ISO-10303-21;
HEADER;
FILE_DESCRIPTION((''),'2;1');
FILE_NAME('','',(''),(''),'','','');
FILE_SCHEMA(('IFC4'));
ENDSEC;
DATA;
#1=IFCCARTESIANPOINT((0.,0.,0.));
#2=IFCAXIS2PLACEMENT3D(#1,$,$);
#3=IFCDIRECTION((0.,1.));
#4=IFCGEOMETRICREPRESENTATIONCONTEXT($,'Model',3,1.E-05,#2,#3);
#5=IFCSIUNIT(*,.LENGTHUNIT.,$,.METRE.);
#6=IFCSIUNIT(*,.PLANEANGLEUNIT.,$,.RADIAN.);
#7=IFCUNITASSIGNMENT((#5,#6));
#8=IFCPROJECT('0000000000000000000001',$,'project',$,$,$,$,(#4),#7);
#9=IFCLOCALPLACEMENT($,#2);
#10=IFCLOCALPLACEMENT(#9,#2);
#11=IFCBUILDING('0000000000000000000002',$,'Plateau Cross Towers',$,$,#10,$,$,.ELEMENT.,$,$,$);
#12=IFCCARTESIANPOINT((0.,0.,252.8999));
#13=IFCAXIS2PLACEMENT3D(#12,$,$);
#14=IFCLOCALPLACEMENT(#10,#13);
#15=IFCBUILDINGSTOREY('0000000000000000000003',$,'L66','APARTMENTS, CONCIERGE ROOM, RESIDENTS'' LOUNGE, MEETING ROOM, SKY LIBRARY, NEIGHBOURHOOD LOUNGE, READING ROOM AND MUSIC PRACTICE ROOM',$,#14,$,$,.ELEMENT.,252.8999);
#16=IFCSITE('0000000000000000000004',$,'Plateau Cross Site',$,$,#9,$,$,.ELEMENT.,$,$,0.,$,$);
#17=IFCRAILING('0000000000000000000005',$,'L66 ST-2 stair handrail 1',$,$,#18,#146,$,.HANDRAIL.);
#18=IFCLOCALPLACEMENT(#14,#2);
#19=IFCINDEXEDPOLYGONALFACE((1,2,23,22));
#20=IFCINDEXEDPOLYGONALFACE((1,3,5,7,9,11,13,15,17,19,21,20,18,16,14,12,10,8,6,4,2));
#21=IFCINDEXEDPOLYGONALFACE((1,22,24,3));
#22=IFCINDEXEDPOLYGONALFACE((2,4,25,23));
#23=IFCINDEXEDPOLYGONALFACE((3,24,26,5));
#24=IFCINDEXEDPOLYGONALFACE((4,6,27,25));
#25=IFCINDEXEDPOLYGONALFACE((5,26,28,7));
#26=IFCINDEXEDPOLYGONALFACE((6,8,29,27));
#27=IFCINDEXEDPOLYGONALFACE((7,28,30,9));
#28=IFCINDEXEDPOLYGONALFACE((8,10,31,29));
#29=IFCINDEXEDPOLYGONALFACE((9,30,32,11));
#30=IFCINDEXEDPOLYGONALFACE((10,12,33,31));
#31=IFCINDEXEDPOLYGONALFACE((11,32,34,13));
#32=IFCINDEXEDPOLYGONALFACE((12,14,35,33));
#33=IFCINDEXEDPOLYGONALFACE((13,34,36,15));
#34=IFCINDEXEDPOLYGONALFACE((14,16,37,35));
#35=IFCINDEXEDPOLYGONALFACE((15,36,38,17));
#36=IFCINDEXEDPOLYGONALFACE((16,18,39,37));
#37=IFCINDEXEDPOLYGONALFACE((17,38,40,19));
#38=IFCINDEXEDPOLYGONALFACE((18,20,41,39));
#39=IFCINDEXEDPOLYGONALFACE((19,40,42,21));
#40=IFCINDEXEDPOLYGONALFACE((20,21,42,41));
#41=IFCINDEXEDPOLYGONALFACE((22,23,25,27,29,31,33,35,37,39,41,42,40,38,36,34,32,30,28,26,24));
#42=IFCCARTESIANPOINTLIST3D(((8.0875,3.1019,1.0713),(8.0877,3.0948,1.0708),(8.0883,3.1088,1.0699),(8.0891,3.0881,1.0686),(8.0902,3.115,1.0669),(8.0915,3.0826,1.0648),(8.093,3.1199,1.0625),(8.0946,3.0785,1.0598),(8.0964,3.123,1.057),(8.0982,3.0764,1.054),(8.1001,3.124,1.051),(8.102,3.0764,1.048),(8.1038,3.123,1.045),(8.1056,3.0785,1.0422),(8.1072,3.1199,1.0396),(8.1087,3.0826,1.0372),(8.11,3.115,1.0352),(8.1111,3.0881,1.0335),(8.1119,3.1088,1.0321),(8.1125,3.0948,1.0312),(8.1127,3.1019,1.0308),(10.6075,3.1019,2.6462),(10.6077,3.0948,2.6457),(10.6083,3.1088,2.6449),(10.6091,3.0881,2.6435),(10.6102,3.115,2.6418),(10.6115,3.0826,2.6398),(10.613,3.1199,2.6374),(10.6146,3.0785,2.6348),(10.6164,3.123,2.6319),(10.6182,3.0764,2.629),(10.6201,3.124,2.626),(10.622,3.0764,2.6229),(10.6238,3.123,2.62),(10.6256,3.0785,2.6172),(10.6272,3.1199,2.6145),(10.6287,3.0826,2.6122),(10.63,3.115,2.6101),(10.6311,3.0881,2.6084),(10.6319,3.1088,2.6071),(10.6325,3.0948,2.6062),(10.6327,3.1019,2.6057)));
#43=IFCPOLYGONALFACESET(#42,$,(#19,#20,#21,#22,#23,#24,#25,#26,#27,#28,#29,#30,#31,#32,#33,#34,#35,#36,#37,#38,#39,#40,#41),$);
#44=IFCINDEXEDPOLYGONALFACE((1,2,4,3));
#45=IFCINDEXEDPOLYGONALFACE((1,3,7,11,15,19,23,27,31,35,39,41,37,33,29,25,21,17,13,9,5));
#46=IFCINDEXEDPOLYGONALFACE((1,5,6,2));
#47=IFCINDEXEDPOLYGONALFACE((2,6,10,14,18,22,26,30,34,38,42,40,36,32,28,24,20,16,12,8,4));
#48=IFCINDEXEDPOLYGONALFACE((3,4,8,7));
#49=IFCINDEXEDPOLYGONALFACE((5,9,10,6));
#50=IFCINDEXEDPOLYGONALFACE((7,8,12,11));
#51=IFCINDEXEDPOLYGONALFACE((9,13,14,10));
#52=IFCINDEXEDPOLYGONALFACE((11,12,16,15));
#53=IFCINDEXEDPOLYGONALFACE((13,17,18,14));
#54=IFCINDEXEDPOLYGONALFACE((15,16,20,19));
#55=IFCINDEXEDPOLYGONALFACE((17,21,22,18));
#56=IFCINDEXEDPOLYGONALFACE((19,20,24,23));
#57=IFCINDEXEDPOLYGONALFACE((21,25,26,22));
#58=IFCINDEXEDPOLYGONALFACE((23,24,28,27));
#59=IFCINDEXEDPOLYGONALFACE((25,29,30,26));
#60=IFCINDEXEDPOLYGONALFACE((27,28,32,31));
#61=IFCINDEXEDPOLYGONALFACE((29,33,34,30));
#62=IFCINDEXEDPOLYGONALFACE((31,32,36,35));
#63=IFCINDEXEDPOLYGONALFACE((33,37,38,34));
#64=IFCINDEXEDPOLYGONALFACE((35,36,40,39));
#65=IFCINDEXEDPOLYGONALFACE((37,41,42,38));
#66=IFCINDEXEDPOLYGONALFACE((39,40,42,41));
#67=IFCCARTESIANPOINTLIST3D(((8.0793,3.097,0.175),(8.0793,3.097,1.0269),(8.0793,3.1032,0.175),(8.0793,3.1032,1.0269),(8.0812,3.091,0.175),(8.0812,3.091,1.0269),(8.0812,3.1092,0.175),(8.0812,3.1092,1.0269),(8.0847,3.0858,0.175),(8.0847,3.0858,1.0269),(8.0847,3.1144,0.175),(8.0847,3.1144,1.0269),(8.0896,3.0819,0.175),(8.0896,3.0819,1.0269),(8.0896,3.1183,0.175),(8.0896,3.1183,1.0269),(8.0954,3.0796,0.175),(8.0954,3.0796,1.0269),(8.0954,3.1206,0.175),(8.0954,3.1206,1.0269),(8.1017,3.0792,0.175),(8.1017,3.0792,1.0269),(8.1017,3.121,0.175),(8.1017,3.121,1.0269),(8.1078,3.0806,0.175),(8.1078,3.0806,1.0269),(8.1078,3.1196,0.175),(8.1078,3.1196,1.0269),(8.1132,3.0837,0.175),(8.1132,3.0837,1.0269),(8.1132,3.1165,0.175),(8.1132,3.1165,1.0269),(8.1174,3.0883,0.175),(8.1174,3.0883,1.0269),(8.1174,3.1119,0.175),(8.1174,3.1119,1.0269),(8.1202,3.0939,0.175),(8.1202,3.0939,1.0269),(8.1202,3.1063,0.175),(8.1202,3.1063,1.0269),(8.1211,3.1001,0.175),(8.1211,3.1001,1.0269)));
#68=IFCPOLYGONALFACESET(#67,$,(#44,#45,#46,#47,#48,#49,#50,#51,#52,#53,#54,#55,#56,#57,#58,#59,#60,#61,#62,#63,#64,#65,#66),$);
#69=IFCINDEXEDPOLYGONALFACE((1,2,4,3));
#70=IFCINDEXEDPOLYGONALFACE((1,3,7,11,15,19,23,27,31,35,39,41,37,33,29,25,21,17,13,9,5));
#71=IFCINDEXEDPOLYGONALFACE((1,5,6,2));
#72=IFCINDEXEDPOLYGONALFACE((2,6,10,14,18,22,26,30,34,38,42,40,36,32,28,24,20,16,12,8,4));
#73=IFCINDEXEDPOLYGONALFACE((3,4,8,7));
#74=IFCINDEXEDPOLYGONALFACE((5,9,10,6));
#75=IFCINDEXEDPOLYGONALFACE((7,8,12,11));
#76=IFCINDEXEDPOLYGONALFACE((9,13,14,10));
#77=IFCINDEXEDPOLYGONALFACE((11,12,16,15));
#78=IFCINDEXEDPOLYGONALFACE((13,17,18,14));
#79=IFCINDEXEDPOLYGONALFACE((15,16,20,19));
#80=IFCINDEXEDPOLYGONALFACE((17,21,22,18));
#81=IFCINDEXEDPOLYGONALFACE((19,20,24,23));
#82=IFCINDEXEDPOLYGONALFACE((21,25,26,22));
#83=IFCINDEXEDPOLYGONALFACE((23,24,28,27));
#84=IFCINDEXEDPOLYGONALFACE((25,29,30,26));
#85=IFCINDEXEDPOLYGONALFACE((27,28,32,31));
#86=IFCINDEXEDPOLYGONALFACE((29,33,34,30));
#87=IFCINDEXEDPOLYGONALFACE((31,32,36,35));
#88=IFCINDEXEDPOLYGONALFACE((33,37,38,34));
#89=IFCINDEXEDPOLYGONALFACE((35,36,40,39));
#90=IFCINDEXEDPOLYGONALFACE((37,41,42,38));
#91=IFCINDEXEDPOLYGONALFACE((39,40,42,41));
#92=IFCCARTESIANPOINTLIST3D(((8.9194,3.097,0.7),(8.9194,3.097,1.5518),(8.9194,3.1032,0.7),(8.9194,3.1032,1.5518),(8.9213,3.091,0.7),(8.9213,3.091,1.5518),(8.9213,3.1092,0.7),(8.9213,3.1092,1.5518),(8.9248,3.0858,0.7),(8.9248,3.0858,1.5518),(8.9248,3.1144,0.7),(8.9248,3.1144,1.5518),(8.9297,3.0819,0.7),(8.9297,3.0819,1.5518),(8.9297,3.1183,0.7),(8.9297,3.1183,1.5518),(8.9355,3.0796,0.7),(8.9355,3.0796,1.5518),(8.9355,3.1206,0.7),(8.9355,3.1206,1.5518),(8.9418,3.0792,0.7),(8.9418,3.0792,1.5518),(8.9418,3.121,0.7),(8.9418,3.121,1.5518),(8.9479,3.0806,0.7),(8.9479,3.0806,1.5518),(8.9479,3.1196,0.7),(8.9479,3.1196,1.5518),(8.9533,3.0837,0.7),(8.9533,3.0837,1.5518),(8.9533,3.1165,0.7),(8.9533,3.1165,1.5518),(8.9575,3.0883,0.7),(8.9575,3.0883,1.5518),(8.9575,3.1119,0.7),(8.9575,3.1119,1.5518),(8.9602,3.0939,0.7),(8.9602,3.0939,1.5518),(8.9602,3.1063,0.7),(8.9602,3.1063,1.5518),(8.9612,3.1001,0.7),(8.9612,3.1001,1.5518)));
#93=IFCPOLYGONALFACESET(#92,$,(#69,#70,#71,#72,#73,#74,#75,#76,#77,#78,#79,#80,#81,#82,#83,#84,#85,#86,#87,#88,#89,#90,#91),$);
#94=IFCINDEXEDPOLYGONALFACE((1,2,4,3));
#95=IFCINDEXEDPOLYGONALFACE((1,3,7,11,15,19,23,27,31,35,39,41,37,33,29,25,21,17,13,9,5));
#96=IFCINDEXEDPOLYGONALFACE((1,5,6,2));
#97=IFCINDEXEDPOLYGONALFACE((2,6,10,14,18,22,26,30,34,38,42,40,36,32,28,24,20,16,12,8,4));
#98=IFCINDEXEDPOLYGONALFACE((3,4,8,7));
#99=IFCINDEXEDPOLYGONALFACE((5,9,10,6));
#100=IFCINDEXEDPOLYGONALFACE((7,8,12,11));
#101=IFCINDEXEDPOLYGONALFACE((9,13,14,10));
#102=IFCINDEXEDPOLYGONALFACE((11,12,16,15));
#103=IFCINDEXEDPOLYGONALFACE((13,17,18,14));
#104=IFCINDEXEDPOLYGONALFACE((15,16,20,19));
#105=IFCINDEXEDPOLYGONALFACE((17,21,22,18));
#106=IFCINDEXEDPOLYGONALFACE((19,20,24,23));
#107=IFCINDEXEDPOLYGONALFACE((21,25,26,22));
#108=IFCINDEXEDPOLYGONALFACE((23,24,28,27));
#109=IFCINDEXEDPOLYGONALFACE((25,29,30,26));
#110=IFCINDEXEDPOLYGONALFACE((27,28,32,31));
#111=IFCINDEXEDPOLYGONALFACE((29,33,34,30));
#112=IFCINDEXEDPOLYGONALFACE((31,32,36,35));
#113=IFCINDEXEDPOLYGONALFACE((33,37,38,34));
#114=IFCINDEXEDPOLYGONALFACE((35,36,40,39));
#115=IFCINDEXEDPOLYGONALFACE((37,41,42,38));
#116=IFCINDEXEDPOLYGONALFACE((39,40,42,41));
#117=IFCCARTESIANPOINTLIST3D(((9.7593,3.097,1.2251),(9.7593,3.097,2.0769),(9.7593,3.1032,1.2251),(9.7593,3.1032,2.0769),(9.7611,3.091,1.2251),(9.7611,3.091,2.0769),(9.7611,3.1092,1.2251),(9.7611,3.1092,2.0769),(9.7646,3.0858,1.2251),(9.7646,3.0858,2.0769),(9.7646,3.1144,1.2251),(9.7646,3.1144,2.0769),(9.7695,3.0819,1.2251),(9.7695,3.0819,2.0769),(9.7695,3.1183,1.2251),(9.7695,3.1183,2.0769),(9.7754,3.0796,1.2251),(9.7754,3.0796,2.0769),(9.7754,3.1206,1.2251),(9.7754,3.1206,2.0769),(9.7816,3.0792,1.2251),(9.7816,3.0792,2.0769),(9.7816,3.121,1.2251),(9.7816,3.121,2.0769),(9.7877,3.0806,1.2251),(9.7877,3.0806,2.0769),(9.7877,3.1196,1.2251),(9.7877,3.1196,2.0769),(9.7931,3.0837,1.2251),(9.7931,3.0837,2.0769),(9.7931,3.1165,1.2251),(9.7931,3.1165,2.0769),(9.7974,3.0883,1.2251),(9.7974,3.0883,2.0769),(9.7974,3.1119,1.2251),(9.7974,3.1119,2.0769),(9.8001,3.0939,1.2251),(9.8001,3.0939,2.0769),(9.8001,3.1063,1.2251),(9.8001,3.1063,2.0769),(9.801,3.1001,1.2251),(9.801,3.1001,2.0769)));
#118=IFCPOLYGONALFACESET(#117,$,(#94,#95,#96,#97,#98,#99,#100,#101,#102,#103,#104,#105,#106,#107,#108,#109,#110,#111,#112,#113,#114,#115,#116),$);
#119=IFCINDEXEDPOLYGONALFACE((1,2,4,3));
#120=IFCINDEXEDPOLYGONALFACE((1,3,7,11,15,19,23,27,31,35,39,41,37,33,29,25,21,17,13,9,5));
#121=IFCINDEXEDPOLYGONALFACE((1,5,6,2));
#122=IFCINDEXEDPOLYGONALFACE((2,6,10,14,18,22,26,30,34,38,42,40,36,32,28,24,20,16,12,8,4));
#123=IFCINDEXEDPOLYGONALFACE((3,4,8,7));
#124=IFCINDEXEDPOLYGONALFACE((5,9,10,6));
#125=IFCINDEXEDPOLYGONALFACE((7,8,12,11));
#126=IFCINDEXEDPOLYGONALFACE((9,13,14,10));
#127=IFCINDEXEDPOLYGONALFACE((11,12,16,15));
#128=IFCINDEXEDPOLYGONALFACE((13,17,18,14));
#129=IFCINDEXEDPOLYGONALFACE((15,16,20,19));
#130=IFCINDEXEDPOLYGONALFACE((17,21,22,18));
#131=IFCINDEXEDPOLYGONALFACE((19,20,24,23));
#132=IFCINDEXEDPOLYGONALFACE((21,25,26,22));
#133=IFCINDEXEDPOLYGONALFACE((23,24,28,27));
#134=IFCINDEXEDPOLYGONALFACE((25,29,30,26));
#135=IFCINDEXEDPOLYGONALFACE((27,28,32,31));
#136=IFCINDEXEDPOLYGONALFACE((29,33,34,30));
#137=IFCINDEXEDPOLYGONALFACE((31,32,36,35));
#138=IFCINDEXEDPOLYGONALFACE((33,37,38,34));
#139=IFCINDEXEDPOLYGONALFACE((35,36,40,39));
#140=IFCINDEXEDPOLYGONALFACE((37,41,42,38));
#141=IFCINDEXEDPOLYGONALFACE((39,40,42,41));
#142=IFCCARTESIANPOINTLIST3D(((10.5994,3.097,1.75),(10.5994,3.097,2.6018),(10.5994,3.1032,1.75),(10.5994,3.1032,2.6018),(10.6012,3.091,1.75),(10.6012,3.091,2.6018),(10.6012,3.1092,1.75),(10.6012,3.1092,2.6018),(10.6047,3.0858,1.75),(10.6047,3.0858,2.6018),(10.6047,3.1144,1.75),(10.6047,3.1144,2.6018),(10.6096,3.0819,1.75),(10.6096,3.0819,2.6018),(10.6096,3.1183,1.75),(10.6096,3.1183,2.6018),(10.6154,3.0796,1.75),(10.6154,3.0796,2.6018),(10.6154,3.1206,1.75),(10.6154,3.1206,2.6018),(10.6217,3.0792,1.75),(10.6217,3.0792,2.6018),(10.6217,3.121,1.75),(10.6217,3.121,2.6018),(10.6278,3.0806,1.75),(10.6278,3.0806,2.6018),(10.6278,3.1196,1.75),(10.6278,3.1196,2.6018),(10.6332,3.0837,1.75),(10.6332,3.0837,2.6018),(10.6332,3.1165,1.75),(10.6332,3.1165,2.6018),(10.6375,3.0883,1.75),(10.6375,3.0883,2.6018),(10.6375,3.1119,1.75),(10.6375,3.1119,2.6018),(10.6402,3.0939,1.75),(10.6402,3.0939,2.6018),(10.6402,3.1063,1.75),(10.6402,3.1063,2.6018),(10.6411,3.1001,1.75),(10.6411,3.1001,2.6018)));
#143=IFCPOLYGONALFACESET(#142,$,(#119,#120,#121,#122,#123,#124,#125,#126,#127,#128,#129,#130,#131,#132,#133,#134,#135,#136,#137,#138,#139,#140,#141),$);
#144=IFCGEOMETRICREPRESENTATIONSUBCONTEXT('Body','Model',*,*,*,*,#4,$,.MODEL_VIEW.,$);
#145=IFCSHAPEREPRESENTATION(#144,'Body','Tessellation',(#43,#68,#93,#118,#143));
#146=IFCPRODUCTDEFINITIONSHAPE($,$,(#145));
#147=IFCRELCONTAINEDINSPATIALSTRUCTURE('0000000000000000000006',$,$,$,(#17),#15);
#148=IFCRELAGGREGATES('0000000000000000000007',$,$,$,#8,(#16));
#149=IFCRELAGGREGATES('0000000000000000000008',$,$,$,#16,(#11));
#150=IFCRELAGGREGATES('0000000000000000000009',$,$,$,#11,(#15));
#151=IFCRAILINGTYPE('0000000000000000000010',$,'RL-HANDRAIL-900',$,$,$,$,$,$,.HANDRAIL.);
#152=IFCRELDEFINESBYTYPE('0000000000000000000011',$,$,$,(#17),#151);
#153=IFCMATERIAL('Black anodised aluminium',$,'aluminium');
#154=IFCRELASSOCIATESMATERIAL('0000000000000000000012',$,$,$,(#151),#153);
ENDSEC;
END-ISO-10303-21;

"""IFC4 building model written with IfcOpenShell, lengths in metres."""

from ifc_helpers import new_model, si_unit, direction, frame, origin, origin_2d, place, context, subcontext, project, spatial, circle, extrude, material, type_object, element, save


model = new_model("IFC4")

# Units and contexts
model_context = context("Model", 3, precision=1e-05, world=origin(), true_north=direction((0.0, 1.0)))
body_context = subcontext(model_context, "Body", "Model", "MODEL_VIEW")
ifc_project = project(units=[si_unit("LENGTHUNIT", "METRE"), si_unit("PLANEANGLEUNIT", "RADIAN")], contexts=[model_context])

# Site, building, storey
site_placement = place(None, origin())
site = spatial("IfcSite", under=ifc_project, at=site_placement, Name="Plateau Cross Site", CompositionType="ELEMENT", RefElevation=0.0)
building_placement = place(site_placement, origin())
building = spatial("IfcBuilding", under=site, at=building_placement, Name="Plateau Cross Towers", CompositionType="ELEMENT")
storey_placement = place(building_placement, frame((0.0, 0.0, 252.8999)))
storey = spatial("IfcBuildingStorey", under=building, at=storey_placement, Name="L66", Description="APARTMENTS, CONCIERGE ROOM, RESIDENTS' LOUNGE, MEETING ROOM, SKY LIBRARY, NEIGHBOURHOOD LOUNGE, READING ROOM AND MUSIC PRACTICE ROOM", CompositionType="ELEMENT", Elevation=252.8999)

# Shared definitions
ifc_material_1 = material(Name="Black anodised aluminium", Category="aluminium")

# Railing
railing_type_1 = type_object("IfcRailingType", Name="RL-HANDRAIL-900", PredefinedType="HANDRAIL", material=ifc_material_1)
railing_1_placement = place(storey_placement, frame((8.1001, 3.1001, 0.175)))
element("IfcRailing", 1, at=railing_1_placement, inside=storey, type_object=railing_type_1, Name="L66 ST-2 stair handrail 1", PredefinedType="HANDRAIL", context=body_context, shape_type="SweptSolid", body=[
    extrude(circle(Radius=0.0239, at=origin_2d()), frame((0.0, 0.0, 0.876), z_axis=(0.848008, 0.0, 0.529984), x_axis=(0.0, 1.0, 0.0)), (0.0, 0.0, 1.0), 2.9717),
    extrude(circle(Radius=0.021, at=origin_2d()), origin(), (0.0, 0.0, 1.0), 0.8518),
    extrude(circle(Radius=0.021, at=origin_2d()), frame((0.8401, 0.0, 0.5249)), (0.0, 0.0, 1.0), 0.8518),
    extrude(circle(Radius=0.021, at=origin_2d()), frame((1.6799, 0.0, 1.05)), (0.0, 0.0, 1.0), 0.8518),
    extrude(circle(Radius=0.021, at=origin_2d()), frame((2.52, 0.0, 1.575)), (0.0, 0.0, 1.0), 0.8518),
])

save(model, "model.ifc")
